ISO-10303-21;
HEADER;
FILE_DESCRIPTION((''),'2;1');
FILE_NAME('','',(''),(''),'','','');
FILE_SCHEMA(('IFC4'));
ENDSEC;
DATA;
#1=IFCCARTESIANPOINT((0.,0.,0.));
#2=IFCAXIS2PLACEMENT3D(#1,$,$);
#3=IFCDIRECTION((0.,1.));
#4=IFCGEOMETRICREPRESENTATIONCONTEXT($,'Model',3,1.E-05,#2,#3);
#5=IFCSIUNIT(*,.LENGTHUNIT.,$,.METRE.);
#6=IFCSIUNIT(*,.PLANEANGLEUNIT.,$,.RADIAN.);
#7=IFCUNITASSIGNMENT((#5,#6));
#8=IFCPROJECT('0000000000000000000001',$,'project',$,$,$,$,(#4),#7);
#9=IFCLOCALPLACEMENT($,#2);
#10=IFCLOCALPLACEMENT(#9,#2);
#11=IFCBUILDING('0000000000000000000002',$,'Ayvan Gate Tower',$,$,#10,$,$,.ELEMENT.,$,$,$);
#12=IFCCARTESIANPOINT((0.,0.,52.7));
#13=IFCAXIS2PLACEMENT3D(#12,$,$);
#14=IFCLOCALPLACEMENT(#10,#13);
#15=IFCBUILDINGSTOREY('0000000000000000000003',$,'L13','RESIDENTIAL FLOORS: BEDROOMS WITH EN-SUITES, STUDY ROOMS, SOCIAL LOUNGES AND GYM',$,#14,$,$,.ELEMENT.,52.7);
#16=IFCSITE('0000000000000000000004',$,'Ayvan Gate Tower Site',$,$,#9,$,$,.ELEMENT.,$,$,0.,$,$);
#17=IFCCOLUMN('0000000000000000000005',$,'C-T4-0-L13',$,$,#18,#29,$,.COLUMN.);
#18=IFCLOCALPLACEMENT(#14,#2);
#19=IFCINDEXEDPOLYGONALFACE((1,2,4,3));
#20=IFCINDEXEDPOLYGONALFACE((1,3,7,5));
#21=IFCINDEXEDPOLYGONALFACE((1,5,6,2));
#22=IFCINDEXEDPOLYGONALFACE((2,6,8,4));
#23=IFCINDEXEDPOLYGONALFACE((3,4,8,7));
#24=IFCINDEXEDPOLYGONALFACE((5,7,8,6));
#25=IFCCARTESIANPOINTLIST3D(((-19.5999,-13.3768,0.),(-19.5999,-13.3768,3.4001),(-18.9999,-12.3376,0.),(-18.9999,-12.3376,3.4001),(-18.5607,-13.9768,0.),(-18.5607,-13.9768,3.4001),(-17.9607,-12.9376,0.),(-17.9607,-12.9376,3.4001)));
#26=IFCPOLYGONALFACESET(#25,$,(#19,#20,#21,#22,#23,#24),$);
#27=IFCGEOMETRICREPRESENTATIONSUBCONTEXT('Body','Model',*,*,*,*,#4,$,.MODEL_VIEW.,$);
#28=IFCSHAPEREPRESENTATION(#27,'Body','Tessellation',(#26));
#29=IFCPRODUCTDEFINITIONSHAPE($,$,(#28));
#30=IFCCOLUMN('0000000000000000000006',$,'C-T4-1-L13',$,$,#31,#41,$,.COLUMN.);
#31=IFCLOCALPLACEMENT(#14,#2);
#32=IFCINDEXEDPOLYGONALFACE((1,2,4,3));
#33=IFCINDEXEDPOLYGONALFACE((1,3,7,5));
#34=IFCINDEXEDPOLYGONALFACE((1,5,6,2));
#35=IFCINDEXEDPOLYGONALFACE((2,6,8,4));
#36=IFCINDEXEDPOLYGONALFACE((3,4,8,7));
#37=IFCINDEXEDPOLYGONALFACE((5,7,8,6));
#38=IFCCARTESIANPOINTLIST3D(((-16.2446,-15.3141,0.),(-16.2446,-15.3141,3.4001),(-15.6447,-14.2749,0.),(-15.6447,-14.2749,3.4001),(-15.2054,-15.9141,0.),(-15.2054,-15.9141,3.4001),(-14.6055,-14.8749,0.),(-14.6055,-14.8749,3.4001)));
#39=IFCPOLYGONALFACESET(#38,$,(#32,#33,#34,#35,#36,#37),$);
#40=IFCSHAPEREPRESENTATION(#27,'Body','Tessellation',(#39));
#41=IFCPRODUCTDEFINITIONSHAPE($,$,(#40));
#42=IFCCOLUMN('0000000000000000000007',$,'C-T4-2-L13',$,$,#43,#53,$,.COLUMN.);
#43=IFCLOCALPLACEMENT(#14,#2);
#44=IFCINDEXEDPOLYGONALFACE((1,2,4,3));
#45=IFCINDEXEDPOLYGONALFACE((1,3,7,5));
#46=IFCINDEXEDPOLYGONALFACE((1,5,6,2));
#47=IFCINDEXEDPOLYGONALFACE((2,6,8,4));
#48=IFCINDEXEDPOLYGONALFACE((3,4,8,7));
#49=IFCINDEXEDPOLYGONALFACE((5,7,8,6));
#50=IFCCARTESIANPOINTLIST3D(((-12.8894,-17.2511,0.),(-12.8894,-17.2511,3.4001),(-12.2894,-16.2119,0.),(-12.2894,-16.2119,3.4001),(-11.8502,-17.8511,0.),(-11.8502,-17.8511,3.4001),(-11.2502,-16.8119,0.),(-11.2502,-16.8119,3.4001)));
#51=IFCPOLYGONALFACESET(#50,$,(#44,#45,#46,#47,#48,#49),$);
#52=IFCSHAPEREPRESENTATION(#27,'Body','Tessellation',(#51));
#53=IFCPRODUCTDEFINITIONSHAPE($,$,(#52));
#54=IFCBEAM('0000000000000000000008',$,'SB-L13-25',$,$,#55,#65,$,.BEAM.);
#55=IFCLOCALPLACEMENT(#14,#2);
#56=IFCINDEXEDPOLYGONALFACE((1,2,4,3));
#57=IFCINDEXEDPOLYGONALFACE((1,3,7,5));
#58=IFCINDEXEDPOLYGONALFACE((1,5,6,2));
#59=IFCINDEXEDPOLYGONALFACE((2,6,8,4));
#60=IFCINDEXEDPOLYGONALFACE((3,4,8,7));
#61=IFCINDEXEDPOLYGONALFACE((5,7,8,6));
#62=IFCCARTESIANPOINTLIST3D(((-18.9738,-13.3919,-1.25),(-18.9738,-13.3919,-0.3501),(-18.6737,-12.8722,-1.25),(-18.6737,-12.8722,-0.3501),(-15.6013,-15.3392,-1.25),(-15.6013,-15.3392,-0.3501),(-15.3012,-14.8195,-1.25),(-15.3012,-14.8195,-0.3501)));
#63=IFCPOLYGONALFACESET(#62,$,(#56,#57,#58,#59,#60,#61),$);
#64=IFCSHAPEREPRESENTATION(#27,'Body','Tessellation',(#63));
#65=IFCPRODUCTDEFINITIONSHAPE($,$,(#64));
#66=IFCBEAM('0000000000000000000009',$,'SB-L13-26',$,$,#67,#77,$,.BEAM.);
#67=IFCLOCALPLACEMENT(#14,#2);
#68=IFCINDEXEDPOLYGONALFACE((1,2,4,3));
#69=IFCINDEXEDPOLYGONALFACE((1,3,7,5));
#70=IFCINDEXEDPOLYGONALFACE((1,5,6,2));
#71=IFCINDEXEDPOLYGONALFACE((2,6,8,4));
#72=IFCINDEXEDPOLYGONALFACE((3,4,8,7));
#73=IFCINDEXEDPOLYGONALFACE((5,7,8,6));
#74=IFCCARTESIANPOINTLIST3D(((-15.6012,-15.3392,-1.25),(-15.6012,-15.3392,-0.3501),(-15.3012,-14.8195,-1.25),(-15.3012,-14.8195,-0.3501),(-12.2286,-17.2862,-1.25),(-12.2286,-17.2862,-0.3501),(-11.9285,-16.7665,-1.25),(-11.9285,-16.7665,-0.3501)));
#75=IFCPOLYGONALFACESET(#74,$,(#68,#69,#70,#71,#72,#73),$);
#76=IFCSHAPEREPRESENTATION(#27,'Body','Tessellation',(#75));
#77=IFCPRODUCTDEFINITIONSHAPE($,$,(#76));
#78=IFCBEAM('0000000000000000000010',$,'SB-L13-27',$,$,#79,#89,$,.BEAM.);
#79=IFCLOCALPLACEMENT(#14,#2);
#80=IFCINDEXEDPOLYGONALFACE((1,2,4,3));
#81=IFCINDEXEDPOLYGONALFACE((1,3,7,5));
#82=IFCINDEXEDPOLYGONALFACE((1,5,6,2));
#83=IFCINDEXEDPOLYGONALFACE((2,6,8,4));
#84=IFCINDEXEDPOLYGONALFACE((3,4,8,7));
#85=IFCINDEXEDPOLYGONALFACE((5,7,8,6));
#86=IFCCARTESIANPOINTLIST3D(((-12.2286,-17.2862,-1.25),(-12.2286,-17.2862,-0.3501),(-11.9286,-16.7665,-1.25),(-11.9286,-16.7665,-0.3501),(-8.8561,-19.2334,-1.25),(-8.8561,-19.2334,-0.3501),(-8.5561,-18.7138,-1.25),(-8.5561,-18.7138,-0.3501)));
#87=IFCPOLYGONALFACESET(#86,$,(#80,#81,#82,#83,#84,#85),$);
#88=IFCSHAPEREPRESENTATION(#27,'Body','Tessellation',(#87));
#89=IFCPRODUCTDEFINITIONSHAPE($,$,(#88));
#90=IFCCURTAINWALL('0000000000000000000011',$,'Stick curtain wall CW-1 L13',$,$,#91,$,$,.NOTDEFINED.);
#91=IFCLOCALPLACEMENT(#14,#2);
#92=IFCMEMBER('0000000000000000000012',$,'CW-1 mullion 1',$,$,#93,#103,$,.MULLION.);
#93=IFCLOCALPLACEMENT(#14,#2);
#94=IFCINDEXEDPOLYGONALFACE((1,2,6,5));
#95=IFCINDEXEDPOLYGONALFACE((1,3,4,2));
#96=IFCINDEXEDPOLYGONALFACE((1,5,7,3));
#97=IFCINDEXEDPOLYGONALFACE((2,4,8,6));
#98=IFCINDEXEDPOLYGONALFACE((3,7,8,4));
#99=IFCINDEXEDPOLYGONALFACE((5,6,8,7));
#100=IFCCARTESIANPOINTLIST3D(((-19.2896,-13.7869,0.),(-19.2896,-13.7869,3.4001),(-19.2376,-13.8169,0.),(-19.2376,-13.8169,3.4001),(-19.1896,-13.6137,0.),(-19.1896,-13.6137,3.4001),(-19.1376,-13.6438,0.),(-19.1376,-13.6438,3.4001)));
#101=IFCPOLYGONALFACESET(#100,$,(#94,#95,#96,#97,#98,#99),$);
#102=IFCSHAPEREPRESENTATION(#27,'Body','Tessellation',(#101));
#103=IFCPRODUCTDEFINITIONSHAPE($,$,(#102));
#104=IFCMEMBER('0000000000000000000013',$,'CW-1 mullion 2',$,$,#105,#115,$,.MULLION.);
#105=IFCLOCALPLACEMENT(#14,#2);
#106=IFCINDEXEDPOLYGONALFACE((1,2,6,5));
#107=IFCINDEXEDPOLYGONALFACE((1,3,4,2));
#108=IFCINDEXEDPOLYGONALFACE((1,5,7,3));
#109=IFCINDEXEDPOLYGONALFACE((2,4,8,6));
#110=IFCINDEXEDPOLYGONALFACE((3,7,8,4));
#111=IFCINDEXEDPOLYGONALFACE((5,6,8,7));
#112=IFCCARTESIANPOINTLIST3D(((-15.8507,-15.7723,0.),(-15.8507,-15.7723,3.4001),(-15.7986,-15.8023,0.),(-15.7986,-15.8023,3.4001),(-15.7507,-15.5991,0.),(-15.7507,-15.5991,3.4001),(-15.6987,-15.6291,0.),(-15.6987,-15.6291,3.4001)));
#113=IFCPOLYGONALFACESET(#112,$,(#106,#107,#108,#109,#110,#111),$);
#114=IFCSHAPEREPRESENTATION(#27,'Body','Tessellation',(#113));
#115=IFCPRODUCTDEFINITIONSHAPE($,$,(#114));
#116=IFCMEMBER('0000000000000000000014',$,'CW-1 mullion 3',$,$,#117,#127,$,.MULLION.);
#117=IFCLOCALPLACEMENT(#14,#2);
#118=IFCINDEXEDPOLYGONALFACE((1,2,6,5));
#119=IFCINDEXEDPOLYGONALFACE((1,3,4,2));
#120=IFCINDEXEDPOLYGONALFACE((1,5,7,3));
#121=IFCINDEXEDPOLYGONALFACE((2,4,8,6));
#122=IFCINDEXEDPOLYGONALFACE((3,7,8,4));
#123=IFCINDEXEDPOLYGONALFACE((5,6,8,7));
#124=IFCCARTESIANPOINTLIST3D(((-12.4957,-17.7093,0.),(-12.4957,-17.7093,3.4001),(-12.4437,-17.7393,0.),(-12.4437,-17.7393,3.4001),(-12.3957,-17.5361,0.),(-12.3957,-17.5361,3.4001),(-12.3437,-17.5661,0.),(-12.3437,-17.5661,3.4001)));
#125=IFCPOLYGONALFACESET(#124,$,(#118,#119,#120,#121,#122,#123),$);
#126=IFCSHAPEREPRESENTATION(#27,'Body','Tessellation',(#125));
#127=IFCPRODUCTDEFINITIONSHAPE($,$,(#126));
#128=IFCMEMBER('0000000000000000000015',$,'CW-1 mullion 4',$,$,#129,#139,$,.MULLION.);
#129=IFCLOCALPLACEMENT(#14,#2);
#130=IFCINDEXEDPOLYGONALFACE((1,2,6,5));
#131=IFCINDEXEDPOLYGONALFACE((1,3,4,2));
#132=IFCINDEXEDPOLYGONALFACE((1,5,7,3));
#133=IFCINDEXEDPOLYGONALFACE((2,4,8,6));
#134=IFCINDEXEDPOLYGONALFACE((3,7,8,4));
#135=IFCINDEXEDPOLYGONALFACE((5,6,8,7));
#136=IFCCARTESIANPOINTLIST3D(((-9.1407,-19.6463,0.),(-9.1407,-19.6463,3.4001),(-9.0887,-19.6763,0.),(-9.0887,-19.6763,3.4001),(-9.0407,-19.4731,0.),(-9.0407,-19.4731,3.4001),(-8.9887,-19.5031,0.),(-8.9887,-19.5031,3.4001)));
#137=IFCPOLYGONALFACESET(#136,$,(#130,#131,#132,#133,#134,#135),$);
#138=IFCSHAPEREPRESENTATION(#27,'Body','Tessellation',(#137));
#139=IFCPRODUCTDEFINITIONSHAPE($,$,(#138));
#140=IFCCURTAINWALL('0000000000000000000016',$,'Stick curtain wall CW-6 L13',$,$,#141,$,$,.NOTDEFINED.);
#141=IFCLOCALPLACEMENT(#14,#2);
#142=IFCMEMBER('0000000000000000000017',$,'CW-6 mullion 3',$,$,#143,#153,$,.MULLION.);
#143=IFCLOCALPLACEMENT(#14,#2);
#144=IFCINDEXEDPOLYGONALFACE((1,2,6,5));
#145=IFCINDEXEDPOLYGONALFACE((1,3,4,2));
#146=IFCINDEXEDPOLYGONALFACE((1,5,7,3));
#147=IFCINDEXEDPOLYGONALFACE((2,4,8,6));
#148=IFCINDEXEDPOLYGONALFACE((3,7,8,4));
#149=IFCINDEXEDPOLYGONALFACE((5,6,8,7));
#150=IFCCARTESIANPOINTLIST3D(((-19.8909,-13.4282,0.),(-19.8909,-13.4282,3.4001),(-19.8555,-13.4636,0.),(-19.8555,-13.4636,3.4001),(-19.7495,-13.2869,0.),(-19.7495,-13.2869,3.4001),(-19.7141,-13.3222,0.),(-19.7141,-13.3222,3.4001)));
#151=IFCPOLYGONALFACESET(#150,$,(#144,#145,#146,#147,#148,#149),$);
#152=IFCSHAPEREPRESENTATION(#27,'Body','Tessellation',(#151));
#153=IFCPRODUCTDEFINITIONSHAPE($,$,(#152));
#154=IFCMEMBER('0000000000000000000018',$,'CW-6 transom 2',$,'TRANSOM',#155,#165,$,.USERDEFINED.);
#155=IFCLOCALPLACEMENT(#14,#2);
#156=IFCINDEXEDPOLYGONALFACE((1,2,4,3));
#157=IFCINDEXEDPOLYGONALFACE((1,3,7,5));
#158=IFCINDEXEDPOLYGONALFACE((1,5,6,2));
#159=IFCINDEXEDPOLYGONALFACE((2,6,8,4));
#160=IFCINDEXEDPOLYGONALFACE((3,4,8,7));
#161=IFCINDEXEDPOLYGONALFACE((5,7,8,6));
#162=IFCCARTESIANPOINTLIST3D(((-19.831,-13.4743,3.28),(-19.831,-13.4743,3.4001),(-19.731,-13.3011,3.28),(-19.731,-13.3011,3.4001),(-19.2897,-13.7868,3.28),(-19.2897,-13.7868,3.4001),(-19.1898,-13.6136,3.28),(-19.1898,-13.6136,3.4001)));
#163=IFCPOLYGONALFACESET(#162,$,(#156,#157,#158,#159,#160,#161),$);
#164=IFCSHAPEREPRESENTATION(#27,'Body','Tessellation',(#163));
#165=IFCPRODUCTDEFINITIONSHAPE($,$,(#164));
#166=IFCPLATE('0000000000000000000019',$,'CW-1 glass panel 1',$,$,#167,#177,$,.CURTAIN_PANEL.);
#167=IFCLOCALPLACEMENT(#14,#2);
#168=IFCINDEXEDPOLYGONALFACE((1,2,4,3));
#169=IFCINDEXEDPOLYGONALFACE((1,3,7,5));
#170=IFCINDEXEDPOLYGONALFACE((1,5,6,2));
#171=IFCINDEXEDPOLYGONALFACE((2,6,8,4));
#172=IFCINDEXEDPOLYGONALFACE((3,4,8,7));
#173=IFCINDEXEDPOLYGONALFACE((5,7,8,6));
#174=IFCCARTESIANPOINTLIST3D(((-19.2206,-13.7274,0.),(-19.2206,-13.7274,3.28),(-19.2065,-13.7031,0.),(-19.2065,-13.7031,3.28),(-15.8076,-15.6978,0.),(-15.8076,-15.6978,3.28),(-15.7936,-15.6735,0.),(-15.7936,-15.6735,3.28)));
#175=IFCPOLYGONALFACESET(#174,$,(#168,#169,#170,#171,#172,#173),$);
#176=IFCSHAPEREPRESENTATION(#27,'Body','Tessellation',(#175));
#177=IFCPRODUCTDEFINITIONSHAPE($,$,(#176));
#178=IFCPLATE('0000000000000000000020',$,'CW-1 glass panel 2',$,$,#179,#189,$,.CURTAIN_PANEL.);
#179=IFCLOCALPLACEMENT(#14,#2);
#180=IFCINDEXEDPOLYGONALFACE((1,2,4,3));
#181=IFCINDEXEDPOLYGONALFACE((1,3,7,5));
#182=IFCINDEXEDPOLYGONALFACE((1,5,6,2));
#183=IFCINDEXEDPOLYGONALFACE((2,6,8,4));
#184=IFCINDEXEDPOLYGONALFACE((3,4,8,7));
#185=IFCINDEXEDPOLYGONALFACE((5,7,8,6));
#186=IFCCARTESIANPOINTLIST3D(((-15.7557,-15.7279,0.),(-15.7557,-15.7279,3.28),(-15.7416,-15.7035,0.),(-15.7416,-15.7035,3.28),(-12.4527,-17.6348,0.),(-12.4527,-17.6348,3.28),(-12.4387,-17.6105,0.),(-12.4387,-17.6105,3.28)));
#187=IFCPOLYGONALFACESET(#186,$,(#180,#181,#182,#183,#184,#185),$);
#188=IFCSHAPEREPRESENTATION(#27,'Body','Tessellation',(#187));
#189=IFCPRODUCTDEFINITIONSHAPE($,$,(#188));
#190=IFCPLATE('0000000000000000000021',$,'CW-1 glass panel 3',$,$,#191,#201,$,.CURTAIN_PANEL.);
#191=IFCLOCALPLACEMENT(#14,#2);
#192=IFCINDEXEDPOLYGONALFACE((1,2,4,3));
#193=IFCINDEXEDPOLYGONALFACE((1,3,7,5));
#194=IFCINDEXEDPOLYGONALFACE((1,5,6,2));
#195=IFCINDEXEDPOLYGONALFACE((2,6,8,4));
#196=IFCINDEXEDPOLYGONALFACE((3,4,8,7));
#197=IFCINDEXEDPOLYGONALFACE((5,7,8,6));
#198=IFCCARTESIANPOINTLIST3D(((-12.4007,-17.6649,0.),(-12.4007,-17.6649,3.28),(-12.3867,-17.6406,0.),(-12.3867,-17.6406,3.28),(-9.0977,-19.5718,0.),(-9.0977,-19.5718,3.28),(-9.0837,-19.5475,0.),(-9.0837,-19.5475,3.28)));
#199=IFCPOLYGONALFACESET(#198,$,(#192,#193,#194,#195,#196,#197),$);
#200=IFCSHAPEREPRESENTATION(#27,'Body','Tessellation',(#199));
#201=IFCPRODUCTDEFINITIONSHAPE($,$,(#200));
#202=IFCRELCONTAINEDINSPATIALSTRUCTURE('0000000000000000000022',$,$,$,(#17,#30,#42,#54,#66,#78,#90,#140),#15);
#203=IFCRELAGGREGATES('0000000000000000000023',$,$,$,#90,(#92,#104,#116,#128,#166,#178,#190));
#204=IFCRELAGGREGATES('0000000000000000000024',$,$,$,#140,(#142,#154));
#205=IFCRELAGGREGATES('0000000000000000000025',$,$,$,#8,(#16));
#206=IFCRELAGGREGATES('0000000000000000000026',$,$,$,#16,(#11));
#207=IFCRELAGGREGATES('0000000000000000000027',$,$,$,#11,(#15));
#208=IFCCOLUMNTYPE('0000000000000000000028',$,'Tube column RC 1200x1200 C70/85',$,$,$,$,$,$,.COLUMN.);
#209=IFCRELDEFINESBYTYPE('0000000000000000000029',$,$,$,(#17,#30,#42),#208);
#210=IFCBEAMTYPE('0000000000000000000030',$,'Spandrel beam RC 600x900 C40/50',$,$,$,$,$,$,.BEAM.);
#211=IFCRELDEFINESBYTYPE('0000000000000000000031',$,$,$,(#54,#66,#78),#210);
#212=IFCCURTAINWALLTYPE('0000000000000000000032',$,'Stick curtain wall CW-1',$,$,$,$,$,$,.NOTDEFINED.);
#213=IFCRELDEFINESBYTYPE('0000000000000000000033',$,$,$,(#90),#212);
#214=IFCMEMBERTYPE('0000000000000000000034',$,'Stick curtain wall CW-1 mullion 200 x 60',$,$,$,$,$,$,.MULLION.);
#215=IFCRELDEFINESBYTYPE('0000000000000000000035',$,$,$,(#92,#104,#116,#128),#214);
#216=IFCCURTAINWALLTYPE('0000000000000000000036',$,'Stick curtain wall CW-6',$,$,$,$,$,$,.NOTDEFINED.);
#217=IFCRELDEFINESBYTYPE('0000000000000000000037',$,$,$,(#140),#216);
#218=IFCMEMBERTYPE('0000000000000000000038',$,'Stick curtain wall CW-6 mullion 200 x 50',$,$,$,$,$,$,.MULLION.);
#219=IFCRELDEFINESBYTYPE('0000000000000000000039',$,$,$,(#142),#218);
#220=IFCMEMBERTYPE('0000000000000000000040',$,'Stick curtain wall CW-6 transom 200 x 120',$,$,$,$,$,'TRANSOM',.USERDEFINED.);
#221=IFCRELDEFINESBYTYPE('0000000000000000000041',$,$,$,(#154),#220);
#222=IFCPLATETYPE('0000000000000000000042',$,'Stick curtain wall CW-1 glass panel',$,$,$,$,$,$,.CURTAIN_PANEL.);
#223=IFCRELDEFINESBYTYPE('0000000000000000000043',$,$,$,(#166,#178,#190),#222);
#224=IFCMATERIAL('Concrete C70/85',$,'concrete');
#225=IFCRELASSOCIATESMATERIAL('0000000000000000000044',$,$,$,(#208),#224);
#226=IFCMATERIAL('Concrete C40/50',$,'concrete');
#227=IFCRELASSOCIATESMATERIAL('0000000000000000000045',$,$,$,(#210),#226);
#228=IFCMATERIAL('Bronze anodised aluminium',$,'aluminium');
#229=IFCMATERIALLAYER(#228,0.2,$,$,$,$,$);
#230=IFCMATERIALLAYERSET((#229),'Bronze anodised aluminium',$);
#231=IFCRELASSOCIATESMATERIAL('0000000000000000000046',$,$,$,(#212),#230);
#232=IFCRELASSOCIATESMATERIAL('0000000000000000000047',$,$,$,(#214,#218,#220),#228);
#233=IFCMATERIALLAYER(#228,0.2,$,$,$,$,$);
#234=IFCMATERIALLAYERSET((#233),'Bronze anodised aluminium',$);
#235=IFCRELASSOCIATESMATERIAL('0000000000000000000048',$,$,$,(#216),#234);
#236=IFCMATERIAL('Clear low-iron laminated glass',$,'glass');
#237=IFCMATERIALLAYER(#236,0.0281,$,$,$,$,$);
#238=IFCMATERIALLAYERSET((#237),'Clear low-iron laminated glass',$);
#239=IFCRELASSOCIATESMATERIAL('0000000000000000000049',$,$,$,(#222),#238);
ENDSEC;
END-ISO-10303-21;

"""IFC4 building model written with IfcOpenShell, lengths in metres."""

from ifc_helpers import new_model, si_unit, direction, frame, origin, origin_2d, place, context, subcontext, project, spatial, rectangle, extrude, material, layer, layer_set, material_profile, profile_set, type_object, element, aggregate, save


model = new_model("IFC4")

# Units and contexts
model_context = context("Model", 3, precision=1e-05, world=origin(), true_north=direction((0.0, 1.0)))
body_context = subcontext(model_context, "Body", "Model", "MODEL_VIEW")
ifc_project = project(units=[si_unit("LENGTHUNIT", "METRE"), si_unit("PLANEANGLEUNIT", "RADIAN")], contexts=[model_context])

# Site, building, storey
site_placement = place(None, origin())
site = spatial("IfcSite", under=ifc_project, at=site_placement, Name="Ayvan Gate Tower Site", CompositionType="ELEMENT", RefElevation=0.0)
building_placement = place(site_placement, origin())
building = spatial("IfcBuilding", under=site, at=building_placement, Name="Ayvan Gate Tower", CompositionType="ELEMENT")
storey_placement = place(building_placement, frame((0.0, 0.0, 52.7)))
storey = spatial("IfcBuildingStorey", under=building, at=storey_placement, Name="L13", Description="RESIDENTIAL FLOORS: BEDROOMS WITH EN-SUITES, STUDY ROOMS, SOCIAL LOUNGES AND GYM", CompositionType="ELEMENT", Elevation=52.7)

# Columns
ifc_material_1 = material(Name="Concrete C70/85", Category="concrete")
ifc_material_profile_1 = material_profile(ifc_material_1, rectangle(XDim=1.2, YDim=1.2, at=origin_2d()), Name="RC 1200x1200")
ifc_profile_set_1 = profile_set([ifc_material_profile_1], Name="Concrete C70/85")
column_type = type_object("IfcColumnType", Name="Tube column RC 1200x1200 C70/85", PredefinedType="COLUMN", material=ifc_profile_set_1)
for number, where, z_axis, x_axis, name in (
    (1, (-18.7803, -13.1572, 0.0), (0.0, 0.0, 1.0), (-0.5, -0.866025, 0.0), "C-T4-0-L13"),
    (2, (-15.425, -15.0945, 0.0), (0.0, 0.0, 1.0), (-0.5, -0.866025, 0.0), "C-T4-1-L13"),
    (3, (-12.0698, -17.0315, 0.0), (0.0, 0.0, 1.0), (-0.5, -0.866025, 0.0), "C-T4-2-L13"),
):
    element("IfcColumn", number, at=place(storey_placement, frame(where, z_axis=z_axis, x_axis=x_axis)), inside=storey, type_object=column_type, Name=name, PredefinedType="COLUMN", context=body_context, shape_type="SweptSolid", body=[
        extrude(rectangle(XDim=1.2, YDim=1.2, at=origin_2d()), origin(), (0.0, 0.0, 1.0), 3.4001),
    ])

# Beams
ifc_material_2 = material(Name="Concrete C40/50", Category="concrete")
ifc_material_profile_2 = material_profile(ifc_material_2, rectangle(XDim=0.6001, YDim=0.8999, at=origin_2d()), Name="RC 600x900")
ifc_profile_set_2 = profile_set([ifc_material_profile_2], Name="Concrete C40/50")
beam_type = type_object("IfcBeamType", Name="Spandrel beam RC 600x900 C40/50", PredefinedType="BEAM", material=ifc_profile_set_2)
for number, where, z_axis, x_axis, name in (
    (4, (-18.8237, -13.1321, -0.8), (0.866012, -0.500023, 0.0), (0.500023, 0.866012, 0.0), "SB-L13-25"),
    (5, (-15.4512, -15.0793, -0.8), (0.866039, -0.499976, 0.0), (0.499976, 0.866039, 0.0), "SB-L13-26"),
    (6, (-12.0786, -17.0264, -0.8), (0.866012, -0.500023, 0.0), (0.500023, 0.866012, 0.0), "SB-L13-27"),
):
    element("IfcBeam", number, at=place(storey_placement, frame(where, z_axis=z_axis, x_axis=x_axis)), inside=storey, type_object=beam_type, Name=name, PredefinedType="BEAM", context=body_context, shape_type="SweptSolid", body=[
        extrude(rectangle(XDim=0.6001, YDim=0.8999, at=origin_2d()), origin(), (0.0, 0.0, 1.0), 3.8943),
    ])

# Curtain walls, members
ifc_material_3 = material(Name="Bronze anodised aluminium", Category="aluminium")
ifc_layer_1 = layer(ifc_material_3, 0.2)
ifc_layer_set_1 = layer_set([ifc_layer_1], Name="Bronze anodised aluminium")
curtain_wall_type_1 = type_object("IfcCurtainWallType", Name="Stick curtain wall CW-1", PredefinedType="NOTDEFINED", material=ifc_layer_set_1)
curtain_wall_1_placement = place(storey_placement, origin())
curtain_wall_1 = element("IfcCurtainWall", 7, at=curtain_wall_1_placement, inside=storey, type_object=curtain_wall_type_1, Name="Stick curtain wall CW-1 L13", PredefinedType="NOTDEFINED")
ifc_material_profile_3 = material_profile(ifc_material_3, rectangle(XDim=0.2, YDim=0.0601, at=origin_2d()), Name="Stick curtain wall CW-1 mullion 200 x 60")
ifc_profile_set_3 = profile_set([ifc_material_profile_3], Name="Bronze anodised aluminium")
member_type_1 = type_object("IfcMemberType", Name="Stick curtain wall CW-1 mullion 200 x 60", PredefinedType="MULLION", material=ifc_profile_set_3)
member_1_placement = place(storey_placement, frame((-19.2136, -13.7153, 0.0), z_axis=(0.0, 0.0, 1.0), x_axis=(-0.5, -0.866025, 0.0)))
member_1 = element("IfcMember", 8, at=member_1_placement, type_object=member_type_1, Name="CW-1 mullion 1", PredefinedType="MULLION", context=body_context, shape_type="SweptSolid", body=[
    extrude(rectangle(XDim=0.2, YDim=0.0601, at=origin_2d()), origin(), (0.0, 0.0, 1.0), 3.4001),
])
member_2_placement = place(storey_placement, frame((-15.7747, -15.7007, 0.0), z_axis=(0.0, 0.0, 1.0), x_axis=(-0.5, -0.866025, 0.0)))
member_2 = element("IfcMember", 9, at=member_2_placement, type_object=member_type_1, Name="CW-1 mullion 2", PredefinedType="MULLION", context=body_context, shape_type="SweptSolid", body=[
    extrude(rectangle(XDim=0.2, YDim=0.0601, at=origin_2d()), origin(), (0.0, 0.0, 1.0), 3.4001),
])
member_3_placement = place(storey_placement, frame((-12.4197, -17.6377, 0.0), z_axis=(0.0, 0.0, 1.0), x_axis=(-0.5, -0.866025, 0.0)))
member_3 = element("IfcMember", 10, at=member_3_placement, type_object=member_type_1, Name="CW-1 mullion 3", PredefinedType="MULLION", context=body_context, shape_type="SweptSolid", body=[
    extrude(rectangle(XDim=0.2, YDim=0.0601, at=origin_2d()), origin(), (0.0, 0.0, 1.0), 3.4001),
])
member_4_placement = place(storey_placement, frame((-9.0647, -19.5747, 0.0), z_axis=(0.0, 0.0, 1.0), x_axis=(-0.5, -0.866025, 0.0)))
member_4 = element("IfcMember", 11, at=member_4_placement, type_object=member_type_1, Name="CW-1 mullion 4", PredefinedType="MULLION", context=body_context, shape_type="SweptSolid", body=[
    extrude(rectangle(XDim=0.2, YDim=0.0601, at=origin_2d()), origin(), (0.0, 0.0, 1.0), 3.4001),
])
ifc_layer_2 = layer(ifc_material_3, 0.2)
ifc_layer_set_2 = layer_set([ifc_layer_2], Name="Bronze anodised aluminium")
curtain_wall_type_2 = type_object("IfcCurtainWallType", Name="Stick curtain wall CW-6", PredefinedType="NOTDEFINED", material=ifc_layer_set_2)
curtain_wall_2_placement = place(storey_placement, origin())
curtain_wall_2 = element("IfcCurtainWall", 12, at=curtain_wall_2_placement, inside=storey, type_object=curtain_wall_type_2, Name="Stick curtain wall CW-6 L13", PredefinedType="NOTDEFINED")
ifc_material_profile_4 = material_profile(ifc_material_3, rectangle(XDim=0.2, YDim=0.05, at=origin_2d()), Name="Stick curtain wall CW-6 mullion 200 x 50")
ifc_profile_set_4 = profile_set([ifc_material_profile_4], Name="Bronze anodised aluminium")
member_type_2 = type_object("IfcMemberType", Name="Stick curtain wall CW-6 mullion 200 x 50", PredefinedType="MULLION", material=ifc_profile_set_4)
member_5_placement = place(storey_placement, frame((-19.8025, -13.3752, 0.0), z_axis=(0.0, 0.0, 1.0), x_axis=(-0.707107, -0.707107, 0.0)))
member_5 = element("IfcMember", 13, at=member_5_placement, type_object=member_type_2, Name="CW-6 mullion 3", PredefinedType="MULLION", context=body_context, shape_type="SweptSolid", body=[
    extrude(rectangle(XDim=0.2, YDim=0.05, at=origin_2d()), origin(), (0.0, 0.0, 1.0), 3.4001),
])
ifc_material_profile_5 = material_profile(ifc_material_3, rectangle(XDim=0.2, YDim=0.1201, at=origin_2d()), Name="Stick curtain wall CW-6 transom 200 x 120")
ifc_profile_set_5 = profile_set([ifc_material_profile_5], Name="Bronze anodised aluminium")
member_type_3 = type_object("IfcMemberType", Name="Stick curtain wall CW-6 transom 200 x 120", ElementType="TRANSOM", PredefinedType="USERDEFINED", material=ifc_profile_set_5)
member_6_placement = place(storey_placement, frame((-19.781, -13.3877, 3.3401), z_axis=(0.866023, -0.500004, 0.0), x_axis=(0.500004, 0.866023, 0.0)))
member_6 = element("IfcMember", 14, at=member_6_placement, type_object=member_type_3, Name="CW-6 transom 2", ObjectType="TRANSOM", PredefinedType="USERDEFINED", context=body_context, shape_type="SweptSolid", body=[
    extrude(rectangle(XDim=0.2, YDim=0.1201, at=origin_2d()), origin(), (0.0, 0.0, 1.0), 0.625),
])

# Plates
ifc_material_4 = material(Name="Clear low-iron laminated glass", Category="glass")
ifc_layer_3 = layer(ifc_material_4, 0.0281)
ifc_layer_set_3 = layer_set([ifc_layer_3], Name="Clear low-iron laminated glass")
plate_type_1 = type_object("IfcPlateType", Name="Stick curtain wall CW-1 glass panel", PredefinedType="CURTAIN_PANEL", material=ifc_layer_set_3)
plate_1_placement = place(storey_placement, frame((-17.5071, -14.7004, 0.0), z_axis=(0.0, 0.0, 1.0), x_axis=(0.866025, -0.5, 0.0)))
plate_1 = element("IfcPlate", 15, at=plate_1_placement, type_object=plate_type_1, Name="CW-1 glass panel 1", PredefinedType="CURTAIN_PANEL", context=body_context, shape_type="SweptSolid", body=[
    extrude(rectangle(XDim=3.9409, YDim=0.0281, at=origin_2d()), origin(), (0.0, 0.0, 1.0), 3.28),
])
plate_2_placement = place(storey_placement, frame((-14.0972, -16.6692, 0.0), z_axis=(0.0, 0.0, 1.0), x_axis=(0.866025, -0.5, 0.0)))
plate_2 = element("IfcPlate", 16, at=plate_2_placement, type_object=plate_type_1, Name="CW-1 glass panel 2", PredefinedType="CURTAIN_PANEL", context=body_context, shape_type="SweptSolid", body=[
    extrude(rectangle(XDim=3.814, YDim=0.0281, at=origin_2d()), origin(), (0.0, 0.0, 1.0), 3.28),
])
plate_3_placement = place(storey_placement, frame((-10.7422, -18.6062, 0.0), z_axis=(0.0, 0.0, 1.0), x_axis=(0.866025, -0.5, 0.0)))
plate_3 = element("IfcPlate", 17, at=plate_3_placement, type_object=plate_type_1, Name="CW-1 glass panel 3", PredefinedType="CURTAIN_PANEL", context=body_context, shape_type="SweptSolid", body=[
    extrude(rectangle(XDim=3.814, YDim=0.0281, at=origin_2d()), origin(), (0.0, 0.0, 1.0), 3.28),
])
aggregate(curtain_wall_1, [member_1, member_2, member_3, member_4, plate_1, plate_2, plate_3])
aggregate(curtain_wall_2, [member_5, member_6])

save(model, "model.ifc")
